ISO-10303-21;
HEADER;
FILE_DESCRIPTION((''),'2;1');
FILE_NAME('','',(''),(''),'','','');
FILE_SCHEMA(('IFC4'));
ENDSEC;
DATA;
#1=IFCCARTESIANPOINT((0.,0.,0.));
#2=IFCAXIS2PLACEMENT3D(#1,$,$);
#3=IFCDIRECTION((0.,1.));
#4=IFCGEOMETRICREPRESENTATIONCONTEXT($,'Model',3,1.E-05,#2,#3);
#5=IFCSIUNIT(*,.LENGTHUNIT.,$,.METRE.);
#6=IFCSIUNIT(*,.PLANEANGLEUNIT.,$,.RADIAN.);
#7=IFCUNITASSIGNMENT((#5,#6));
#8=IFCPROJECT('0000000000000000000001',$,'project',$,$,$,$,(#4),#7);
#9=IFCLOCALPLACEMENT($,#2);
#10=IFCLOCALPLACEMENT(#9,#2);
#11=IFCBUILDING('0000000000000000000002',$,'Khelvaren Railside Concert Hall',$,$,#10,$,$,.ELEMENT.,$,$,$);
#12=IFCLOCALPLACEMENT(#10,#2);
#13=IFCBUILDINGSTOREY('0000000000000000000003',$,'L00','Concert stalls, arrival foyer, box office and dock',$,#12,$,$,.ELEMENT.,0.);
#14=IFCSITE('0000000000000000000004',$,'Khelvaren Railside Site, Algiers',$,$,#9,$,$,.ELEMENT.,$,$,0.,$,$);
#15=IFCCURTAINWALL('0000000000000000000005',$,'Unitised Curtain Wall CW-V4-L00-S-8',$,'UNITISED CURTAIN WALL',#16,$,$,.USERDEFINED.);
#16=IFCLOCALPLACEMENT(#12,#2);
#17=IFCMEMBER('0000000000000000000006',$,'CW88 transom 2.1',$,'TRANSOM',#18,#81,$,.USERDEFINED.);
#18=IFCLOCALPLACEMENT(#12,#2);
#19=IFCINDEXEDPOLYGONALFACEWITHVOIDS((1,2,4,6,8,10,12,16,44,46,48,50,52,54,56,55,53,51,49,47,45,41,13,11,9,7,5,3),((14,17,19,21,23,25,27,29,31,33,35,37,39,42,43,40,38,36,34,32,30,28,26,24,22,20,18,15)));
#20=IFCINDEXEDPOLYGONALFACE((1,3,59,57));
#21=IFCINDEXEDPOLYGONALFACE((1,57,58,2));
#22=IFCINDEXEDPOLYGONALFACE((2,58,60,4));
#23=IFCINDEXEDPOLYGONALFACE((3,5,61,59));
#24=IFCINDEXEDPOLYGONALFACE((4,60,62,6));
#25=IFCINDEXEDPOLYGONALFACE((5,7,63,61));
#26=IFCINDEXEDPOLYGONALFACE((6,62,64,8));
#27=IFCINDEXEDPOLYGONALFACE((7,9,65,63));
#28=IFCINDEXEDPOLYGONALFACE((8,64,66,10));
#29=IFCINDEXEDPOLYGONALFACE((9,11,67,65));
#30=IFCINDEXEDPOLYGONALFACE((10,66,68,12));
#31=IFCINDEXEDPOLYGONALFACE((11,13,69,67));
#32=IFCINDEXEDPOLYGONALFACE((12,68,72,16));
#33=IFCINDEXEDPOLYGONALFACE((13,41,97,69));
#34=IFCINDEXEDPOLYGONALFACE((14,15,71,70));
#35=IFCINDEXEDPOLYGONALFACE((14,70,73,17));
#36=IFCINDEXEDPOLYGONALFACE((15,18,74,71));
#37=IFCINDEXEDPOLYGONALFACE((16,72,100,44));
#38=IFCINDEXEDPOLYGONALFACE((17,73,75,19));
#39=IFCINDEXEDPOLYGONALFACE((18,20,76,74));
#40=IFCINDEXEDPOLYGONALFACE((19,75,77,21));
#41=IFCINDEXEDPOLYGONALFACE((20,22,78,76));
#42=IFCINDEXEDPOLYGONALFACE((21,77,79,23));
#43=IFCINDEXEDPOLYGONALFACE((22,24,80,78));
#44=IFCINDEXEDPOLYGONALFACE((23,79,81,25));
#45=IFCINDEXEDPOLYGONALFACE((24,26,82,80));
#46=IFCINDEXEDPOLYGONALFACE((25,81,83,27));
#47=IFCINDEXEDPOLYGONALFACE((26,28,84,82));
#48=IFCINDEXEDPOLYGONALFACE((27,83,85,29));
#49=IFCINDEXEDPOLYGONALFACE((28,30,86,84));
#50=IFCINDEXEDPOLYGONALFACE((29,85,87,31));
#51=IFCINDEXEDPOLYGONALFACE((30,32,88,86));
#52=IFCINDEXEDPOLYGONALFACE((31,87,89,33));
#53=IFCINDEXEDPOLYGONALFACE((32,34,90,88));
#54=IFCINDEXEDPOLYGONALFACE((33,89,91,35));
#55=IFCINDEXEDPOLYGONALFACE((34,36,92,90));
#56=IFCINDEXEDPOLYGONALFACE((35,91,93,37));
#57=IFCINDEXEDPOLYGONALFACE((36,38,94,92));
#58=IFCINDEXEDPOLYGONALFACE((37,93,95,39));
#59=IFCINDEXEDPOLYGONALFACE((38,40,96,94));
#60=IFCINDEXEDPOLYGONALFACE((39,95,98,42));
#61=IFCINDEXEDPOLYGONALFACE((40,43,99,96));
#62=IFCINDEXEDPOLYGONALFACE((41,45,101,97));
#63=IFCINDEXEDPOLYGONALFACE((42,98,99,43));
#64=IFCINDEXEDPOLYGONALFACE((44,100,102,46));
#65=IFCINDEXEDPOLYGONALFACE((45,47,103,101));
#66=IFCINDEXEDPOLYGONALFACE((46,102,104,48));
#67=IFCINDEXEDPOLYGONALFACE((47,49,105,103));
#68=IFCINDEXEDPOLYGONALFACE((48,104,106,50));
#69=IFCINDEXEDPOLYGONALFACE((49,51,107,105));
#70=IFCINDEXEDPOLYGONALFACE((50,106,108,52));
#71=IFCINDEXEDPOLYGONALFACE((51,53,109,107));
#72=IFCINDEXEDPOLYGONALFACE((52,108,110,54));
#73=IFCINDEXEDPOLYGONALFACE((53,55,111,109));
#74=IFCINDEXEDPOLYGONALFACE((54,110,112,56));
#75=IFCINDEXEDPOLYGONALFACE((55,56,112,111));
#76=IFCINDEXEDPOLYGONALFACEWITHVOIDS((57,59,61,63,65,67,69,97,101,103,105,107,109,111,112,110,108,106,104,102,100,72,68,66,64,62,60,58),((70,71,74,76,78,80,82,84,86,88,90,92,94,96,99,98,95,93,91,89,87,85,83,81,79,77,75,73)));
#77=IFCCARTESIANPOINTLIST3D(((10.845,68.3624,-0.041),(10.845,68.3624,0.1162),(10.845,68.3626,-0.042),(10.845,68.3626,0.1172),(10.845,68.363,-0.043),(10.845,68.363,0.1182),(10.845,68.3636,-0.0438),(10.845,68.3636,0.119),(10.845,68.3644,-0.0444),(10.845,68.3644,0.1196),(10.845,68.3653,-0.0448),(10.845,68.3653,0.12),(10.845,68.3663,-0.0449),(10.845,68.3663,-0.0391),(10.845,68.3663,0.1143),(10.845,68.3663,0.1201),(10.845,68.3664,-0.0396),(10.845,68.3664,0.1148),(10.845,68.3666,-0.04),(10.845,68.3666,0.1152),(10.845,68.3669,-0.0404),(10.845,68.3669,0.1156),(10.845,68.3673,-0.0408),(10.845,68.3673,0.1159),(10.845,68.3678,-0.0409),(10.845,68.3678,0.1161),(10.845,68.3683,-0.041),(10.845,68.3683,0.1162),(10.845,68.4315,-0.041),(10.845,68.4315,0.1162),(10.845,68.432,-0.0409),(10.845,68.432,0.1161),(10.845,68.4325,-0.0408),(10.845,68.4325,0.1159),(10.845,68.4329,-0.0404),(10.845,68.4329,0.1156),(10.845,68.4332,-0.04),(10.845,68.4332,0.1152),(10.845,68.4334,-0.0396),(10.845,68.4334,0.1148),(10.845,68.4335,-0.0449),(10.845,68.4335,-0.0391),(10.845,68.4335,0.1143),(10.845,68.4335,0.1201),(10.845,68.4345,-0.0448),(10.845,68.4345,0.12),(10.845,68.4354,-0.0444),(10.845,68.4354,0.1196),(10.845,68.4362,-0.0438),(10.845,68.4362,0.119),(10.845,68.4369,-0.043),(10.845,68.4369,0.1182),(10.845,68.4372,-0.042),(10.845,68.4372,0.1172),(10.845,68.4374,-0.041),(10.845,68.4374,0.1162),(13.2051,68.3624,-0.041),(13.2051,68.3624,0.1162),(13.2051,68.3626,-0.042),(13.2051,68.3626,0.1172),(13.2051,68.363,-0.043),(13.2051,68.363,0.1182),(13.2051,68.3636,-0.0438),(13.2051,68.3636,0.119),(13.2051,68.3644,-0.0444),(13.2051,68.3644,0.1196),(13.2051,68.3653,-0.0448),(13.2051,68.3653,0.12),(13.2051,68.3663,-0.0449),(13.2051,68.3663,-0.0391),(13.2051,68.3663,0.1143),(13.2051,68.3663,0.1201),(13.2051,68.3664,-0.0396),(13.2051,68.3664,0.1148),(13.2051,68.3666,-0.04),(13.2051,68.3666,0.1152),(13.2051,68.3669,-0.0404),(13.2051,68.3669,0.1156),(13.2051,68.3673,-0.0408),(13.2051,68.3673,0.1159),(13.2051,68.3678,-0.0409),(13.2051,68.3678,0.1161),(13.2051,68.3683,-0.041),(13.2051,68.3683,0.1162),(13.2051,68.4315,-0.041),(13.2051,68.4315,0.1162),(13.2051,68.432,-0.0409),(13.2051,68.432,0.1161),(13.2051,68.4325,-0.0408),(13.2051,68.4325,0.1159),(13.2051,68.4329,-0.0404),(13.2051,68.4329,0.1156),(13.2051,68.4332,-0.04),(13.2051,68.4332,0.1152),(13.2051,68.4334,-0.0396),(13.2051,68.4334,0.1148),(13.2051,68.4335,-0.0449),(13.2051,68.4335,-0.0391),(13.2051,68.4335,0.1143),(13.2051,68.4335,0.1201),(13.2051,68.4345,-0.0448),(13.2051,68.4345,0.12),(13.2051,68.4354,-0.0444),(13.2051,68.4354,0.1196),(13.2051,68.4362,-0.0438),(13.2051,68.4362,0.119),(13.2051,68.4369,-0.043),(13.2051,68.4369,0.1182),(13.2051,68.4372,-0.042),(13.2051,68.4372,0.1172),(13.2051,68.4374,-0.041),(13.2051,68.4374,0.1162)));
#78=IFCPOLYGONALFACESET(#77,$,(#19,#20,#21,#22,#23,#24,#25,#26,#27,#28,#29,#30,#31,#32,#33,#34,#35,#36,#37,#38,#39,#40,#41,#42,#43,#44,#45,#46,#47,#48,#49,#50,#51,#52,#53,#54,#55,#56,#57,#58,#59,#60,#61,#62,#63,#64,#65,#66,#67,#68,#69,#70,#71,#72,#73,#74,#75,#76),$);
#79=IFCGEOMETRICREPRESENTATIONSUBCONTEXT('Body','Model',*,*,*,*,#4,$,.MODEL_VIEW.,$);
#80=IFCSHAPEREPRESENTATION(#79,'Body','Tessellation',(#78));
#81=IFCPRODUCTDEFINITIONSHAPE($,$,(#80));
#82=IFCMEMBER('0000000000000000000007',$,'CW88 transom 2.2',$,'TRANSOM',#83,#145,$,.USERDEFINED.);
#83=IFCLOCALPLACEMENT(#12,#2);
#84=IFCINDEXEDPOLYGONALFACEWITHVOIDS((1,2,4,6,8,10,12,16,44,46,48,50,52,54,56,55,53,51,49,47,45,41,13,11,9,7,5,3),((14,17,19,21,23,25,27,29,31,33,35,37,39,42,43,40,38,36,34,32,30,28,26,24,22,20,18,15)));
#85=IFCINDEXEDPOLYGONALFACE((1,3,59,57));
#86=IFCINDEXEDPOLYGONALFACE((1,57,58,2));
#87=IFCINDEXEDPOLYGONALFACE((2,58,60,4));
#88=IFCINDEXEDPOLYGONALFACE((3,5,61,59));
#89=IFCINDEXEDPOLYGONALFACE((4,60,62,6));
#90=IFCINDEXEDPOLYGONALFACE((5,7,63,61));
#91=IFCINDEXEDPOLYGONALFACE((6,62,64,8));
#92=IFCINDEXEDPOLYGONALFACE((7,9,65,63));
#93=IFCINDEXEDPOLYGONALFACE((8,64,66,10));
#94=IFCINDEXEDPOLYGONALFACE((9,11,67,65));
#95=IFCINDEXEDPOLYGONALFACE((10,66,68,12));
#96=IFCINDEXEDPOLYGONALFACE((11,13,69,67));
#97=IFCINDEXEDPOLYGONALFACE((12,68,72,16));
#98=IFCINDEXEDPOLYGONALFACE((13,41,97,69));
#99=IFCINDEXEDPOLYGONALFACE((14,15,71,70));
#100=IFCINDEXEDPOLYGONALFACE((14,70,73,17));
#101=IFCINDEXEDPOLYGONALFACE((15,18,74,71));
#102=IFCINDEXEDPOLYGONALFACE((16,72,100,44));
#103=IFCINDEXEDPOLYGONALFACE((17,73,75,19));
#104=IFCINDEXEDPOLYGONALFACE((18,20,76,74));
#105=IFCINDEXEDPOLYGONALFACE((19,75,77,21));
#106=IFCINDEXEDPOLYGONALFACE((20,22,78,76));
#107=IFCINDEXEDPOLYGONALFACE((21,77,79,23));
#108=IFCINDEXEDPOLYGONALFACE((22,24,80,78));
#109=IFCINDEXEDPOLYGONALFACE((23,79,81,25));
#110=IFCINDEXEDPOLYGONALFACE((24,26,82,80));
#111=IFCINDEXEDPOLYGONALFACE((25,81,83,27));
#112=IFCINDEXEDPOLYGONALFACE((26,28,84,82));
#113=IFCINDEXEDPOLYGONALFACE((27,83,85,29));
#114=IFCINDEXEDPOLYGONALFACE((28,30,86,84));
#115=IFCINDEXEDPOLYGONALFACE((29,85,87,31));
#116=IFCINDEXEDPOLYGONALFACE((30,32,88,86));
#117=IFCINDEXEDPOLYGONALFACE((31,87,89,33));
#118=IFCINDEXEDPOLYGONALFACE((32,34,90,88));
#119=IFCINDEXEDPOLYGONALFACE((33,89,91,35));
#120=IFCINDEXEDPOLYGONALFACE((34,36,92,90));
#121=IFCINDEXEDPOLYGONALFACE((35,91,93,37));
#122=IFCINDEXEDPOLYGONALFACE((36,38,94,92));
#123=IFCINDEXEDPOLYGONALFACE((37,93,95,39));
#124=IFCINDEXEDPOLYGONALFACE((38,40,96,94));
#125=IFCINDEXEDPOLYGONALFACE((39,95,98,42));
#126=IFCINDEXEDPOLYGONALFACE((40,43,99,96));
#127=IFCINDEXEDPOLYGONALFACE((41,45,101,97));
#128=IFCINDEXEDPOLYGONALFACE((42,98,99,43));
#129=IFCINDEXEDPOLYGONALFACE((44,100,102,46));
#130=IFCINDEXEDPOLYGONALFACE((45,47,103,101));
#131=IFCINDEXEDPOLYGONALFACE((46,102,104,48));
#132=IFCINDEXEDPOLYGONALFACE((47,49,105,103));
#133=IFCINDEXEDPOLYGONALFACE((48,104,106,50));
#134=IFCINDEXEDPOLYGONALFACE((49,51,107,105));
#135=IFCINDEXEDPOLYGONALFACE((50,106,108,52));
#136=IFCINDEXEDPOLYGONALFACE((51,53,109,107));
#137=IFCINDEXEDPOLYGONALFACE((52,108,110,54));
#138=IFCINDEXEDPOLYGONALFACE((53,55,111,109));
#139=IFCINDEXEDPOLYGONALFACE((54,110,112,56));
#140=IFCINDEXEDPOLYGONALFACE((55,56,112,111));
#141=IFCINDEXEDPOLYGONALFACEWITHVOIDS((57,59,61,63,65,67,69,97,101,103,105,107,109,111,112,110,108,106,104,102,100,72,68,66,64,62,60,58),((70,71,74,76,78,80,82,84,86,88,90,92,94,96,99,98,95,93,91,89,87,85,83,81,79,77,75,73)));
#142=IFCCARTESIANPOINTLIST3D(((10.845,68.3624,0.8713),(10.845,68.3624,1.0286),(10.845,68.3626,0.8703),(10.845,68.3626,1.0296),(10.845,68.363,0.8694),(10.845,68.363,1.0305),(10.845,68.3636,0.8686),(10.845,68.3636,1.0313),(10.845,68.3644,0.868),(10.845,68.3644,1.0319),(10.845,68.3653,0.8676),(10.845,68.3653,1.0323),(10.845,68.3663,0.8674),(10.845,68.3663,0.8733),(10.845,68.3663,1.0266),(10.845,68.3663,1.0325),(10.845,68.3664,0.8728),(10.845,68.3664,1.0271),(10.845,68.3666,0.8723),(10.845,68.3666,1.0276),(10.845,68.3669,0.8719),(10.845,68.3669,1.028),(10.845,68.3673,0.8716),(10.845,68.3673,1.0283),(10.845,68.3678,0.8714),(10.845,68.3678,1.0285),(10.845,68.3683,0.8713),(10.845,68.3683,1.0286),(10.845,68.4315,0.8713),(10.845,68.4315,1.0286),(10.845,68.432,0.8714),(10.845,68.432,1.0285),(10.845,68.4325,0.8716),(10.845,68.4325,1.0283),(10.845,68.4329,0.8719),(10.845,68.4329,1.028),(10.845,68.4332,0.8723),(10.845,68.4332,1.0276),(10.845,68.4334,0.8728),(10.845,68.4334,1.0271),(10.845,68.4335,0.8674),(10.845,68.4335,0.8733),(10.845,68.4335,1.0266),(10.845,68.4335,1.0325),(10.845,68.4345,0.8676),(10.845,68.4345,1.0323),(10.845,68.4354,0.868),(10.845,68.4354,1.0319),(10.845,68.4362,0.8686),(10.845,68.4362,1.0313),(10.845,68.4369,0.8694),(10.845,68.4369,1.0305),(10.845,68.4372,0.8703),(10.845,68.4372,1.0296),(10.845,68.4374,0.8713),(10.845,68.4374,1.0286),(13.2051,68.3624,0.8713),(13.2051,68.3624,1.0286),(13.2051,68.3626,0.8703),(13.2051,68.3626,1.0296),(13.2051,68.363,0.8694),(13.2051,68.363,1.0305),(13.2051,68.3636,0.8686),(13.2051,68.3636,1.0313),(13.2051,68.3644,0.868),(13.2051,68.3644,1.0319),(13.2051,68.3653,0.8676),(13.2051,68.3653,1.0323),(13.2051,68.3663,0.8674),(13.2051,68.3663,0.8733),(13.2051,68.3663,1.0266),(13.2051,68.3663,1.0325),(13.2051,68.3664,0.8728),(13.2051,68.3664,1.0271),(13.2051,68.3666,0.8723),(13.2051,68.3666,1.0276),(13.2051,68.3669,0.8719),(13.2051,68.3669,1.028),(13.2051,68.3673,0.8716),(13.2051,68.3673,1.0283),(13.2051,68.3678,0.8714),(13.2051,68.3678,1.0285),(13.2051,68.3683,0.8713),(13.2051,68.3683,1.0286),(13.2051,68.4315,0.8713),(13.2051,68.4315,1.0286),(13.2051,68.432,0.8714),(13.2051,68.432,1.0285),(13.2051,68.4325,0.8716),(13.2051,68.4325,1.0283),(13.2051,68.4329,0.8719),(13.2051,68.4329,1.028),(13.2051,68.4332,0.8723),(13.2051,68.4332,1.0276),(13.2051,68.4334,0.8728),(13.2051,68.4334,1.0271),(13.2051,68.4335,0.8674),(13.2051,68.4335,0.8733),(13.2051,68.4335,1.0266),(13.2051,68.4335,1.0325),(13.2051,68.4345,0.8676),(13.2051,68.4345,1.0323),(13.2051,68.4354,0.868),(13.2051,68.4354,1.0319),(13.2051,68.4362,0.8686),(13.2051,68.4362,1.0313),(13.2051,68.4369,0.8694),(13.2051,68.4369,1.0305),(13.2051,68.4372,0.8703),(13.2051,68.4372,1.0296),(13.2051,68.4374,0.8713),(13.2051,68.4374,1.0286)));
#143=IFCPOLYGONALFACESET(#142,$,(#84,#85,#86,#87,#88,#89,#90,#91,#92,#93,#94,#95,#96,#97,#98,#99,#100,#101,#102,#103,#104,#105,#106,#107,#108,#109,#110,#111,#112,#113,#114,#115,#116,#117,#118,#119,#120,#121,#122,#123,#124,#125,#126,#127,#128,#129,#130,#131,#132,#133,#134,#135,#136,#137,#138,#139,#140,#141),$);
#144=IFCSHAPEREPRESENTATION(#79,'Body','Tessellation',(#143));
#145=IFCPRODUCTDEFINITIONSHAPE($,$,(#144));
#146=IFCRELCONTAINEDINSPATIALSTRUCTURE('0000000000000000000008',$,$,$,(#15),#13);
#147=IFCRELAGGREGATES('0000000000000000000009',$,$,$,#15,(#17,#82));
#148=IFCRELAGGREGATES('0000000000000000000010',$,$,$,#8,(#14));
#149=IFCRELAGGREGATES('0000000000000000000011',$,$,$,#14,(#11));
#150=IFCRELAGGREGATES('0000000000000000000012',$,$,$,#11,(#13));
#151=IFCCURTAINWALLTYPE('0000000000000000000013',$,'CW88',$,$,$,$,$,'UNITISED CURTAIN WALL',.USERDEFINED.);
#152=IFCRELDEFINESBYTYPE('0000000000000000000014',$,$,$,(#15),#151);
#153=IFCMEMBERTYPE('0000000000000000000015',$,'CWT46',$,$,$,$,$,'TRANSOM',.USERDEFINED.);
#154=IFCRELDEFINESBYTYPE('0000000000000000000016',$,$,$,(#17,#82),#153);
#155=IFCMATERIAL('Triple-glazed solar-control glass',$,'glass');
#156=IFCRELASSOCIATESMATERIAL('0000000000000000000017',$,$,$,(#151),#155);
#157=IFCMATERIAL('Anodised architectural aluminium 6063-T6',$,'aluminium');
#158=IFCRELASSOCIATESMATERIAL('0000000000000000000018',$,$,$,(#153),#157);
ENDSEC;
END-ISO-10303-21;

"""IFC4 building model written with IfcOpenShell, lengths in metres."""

from ifc_helpers import new_model, si_unit, direction, frame, origin, origin_2d, place, context, subcontext, project, spatial, hollow_rectangle, extrude, material, material_profile, profile_set, type_object, element, aggregate, save


model = new_model("IFC4")

# Units and contexts
model_context = context("Model", 3, precision=1e-05, world=origin(), true_north=direction((0.0, 1.0)))
body_context = subcontext(model_context, "Body", "Model", "MODEL_VIEW")
ifc_project = project(units=[si_unit("LENGTHUNIT", "METRE"), si_unit("PLANEANGLEUNIT", "RADIAN")], contexts=[model_context])

# Site, building, storey
site_placement = place(None, origin())
site = spatial("IfcSite", under=ifc_project, at=site_placement, Name="Khelvaren Railside Site, Algiers", CompositionType="ELEMENT", RefElevation=0.0)
building_placement = place(site_placement, origin())
building = spatial("IfcBuilding", under=site, at=building_placement, Name="Khelvaren Railside Concert Hall", CompositionType="ELEMENT")
storey_placement = place(building_placement, origin())
storey = spatial("IfcBuildingStorey", under=building, at=storey_placement, Name="L00", Description="Concert stalls, arrival foyer, box office and dock", CompositionType="ELEMENT", Elevation=0.0)

# Curtain wall
ifc_material_1 = material(Name="Triple-glazed solar-control glass", Category="glass")
ifc_material_2 = material(Name="Anodised architectural aluminium 6063-T6", Category="aluminium")
curtain_wall_type_1 = type_object("IfcCurtainWallType", Name="CW88", ElementType="UNITISED CURTAIN WALL", PredefinedType="USERDEFINED", material=ifc_material_1)
curtain_wall_1_placement = place(storey_placement, origin())
curtain_wall_1 = element("IfcCurtainWall", 1, at=curtain_wall_1_placement, inside=storey, type_object=curtain_wall_type_1, Name="Unitised Curtain Wall CW-V4-L00-S-8", ObjectType="UNITISED CURTAIN WALL", PredefinedType="USERDEFINED")

# Members
ifc_material_profile_1 = material_profile(ifc_material_2, hollow_rectangle(XDim=0.075, YDim=0.165, WallThickness=0.0039, InnerFilletRadius=0.002, OuterFilletRadius=0.0039, at=origin_2d()), Name="CWT 75x165x4")
ifc_profile_set_1 = profile_set([ifc_material_profile_1], Name="Anodised architectural aluminium 6063-T6")
member_type_1 = type_object("IfcMemberType", Name="CWT46", ElementType="TRANSOM", PredefinedType="USERDEFINED", material=ifc_profile_set_1)
member_1_placement = place(storey_placement, frame((13.2051, 68.3999, 0.0376), z_axis=(-1.0, 0.0, 0.0), x_axis=(0.0, -1.0, 0.0)))
member_1 = element("IfcMember", 2, at=member_1_placement, type_object=member_type_1, Name="CW88 transom 2.1", ObjectType="TRANSOM", PredefinedType="USERDEFINED", context=body_context, shape_type="SweptSolid", body=[
    extrude(hollow_rectangle(XDim=0.075, YDim=0.165, WallThickness=0.0039, InnerFilletRadius=0.002, OuterFilletRadius=0.0039, at=origin_2d()), origin(), (0.0, 0.0, 1.0), 2.3601),
])
member_2_placement = place(storey_placement, frame((13.2051, 68.3999, 0.95), z_axis=(-1.0, 0.0, 0.0), x_axis=(0.0, -1.0, 0.0)))
member_2 = element("IfcMember", 3, at=member_2_placement, type_object=member_type_1, Name="CW88 transom 2.2", ObjectType="TRANSOM", PredefinedType="USERDEFINED", context=body_context, shape_type="SweptSolid", body=[
    extrude(hollow_rectangle(XDim=0.075, YDim=0.165, WallThickness=0.0039, InnerFilletRadius=0.002, OuterFilletRadius=0.0039, at=origin_2d()), origin(), (0.0, 0.0, 1.0), 2.3601),
])

aggregate(curtain_wall_1, [member_1, member_2])

save(model, "model.ifc")
